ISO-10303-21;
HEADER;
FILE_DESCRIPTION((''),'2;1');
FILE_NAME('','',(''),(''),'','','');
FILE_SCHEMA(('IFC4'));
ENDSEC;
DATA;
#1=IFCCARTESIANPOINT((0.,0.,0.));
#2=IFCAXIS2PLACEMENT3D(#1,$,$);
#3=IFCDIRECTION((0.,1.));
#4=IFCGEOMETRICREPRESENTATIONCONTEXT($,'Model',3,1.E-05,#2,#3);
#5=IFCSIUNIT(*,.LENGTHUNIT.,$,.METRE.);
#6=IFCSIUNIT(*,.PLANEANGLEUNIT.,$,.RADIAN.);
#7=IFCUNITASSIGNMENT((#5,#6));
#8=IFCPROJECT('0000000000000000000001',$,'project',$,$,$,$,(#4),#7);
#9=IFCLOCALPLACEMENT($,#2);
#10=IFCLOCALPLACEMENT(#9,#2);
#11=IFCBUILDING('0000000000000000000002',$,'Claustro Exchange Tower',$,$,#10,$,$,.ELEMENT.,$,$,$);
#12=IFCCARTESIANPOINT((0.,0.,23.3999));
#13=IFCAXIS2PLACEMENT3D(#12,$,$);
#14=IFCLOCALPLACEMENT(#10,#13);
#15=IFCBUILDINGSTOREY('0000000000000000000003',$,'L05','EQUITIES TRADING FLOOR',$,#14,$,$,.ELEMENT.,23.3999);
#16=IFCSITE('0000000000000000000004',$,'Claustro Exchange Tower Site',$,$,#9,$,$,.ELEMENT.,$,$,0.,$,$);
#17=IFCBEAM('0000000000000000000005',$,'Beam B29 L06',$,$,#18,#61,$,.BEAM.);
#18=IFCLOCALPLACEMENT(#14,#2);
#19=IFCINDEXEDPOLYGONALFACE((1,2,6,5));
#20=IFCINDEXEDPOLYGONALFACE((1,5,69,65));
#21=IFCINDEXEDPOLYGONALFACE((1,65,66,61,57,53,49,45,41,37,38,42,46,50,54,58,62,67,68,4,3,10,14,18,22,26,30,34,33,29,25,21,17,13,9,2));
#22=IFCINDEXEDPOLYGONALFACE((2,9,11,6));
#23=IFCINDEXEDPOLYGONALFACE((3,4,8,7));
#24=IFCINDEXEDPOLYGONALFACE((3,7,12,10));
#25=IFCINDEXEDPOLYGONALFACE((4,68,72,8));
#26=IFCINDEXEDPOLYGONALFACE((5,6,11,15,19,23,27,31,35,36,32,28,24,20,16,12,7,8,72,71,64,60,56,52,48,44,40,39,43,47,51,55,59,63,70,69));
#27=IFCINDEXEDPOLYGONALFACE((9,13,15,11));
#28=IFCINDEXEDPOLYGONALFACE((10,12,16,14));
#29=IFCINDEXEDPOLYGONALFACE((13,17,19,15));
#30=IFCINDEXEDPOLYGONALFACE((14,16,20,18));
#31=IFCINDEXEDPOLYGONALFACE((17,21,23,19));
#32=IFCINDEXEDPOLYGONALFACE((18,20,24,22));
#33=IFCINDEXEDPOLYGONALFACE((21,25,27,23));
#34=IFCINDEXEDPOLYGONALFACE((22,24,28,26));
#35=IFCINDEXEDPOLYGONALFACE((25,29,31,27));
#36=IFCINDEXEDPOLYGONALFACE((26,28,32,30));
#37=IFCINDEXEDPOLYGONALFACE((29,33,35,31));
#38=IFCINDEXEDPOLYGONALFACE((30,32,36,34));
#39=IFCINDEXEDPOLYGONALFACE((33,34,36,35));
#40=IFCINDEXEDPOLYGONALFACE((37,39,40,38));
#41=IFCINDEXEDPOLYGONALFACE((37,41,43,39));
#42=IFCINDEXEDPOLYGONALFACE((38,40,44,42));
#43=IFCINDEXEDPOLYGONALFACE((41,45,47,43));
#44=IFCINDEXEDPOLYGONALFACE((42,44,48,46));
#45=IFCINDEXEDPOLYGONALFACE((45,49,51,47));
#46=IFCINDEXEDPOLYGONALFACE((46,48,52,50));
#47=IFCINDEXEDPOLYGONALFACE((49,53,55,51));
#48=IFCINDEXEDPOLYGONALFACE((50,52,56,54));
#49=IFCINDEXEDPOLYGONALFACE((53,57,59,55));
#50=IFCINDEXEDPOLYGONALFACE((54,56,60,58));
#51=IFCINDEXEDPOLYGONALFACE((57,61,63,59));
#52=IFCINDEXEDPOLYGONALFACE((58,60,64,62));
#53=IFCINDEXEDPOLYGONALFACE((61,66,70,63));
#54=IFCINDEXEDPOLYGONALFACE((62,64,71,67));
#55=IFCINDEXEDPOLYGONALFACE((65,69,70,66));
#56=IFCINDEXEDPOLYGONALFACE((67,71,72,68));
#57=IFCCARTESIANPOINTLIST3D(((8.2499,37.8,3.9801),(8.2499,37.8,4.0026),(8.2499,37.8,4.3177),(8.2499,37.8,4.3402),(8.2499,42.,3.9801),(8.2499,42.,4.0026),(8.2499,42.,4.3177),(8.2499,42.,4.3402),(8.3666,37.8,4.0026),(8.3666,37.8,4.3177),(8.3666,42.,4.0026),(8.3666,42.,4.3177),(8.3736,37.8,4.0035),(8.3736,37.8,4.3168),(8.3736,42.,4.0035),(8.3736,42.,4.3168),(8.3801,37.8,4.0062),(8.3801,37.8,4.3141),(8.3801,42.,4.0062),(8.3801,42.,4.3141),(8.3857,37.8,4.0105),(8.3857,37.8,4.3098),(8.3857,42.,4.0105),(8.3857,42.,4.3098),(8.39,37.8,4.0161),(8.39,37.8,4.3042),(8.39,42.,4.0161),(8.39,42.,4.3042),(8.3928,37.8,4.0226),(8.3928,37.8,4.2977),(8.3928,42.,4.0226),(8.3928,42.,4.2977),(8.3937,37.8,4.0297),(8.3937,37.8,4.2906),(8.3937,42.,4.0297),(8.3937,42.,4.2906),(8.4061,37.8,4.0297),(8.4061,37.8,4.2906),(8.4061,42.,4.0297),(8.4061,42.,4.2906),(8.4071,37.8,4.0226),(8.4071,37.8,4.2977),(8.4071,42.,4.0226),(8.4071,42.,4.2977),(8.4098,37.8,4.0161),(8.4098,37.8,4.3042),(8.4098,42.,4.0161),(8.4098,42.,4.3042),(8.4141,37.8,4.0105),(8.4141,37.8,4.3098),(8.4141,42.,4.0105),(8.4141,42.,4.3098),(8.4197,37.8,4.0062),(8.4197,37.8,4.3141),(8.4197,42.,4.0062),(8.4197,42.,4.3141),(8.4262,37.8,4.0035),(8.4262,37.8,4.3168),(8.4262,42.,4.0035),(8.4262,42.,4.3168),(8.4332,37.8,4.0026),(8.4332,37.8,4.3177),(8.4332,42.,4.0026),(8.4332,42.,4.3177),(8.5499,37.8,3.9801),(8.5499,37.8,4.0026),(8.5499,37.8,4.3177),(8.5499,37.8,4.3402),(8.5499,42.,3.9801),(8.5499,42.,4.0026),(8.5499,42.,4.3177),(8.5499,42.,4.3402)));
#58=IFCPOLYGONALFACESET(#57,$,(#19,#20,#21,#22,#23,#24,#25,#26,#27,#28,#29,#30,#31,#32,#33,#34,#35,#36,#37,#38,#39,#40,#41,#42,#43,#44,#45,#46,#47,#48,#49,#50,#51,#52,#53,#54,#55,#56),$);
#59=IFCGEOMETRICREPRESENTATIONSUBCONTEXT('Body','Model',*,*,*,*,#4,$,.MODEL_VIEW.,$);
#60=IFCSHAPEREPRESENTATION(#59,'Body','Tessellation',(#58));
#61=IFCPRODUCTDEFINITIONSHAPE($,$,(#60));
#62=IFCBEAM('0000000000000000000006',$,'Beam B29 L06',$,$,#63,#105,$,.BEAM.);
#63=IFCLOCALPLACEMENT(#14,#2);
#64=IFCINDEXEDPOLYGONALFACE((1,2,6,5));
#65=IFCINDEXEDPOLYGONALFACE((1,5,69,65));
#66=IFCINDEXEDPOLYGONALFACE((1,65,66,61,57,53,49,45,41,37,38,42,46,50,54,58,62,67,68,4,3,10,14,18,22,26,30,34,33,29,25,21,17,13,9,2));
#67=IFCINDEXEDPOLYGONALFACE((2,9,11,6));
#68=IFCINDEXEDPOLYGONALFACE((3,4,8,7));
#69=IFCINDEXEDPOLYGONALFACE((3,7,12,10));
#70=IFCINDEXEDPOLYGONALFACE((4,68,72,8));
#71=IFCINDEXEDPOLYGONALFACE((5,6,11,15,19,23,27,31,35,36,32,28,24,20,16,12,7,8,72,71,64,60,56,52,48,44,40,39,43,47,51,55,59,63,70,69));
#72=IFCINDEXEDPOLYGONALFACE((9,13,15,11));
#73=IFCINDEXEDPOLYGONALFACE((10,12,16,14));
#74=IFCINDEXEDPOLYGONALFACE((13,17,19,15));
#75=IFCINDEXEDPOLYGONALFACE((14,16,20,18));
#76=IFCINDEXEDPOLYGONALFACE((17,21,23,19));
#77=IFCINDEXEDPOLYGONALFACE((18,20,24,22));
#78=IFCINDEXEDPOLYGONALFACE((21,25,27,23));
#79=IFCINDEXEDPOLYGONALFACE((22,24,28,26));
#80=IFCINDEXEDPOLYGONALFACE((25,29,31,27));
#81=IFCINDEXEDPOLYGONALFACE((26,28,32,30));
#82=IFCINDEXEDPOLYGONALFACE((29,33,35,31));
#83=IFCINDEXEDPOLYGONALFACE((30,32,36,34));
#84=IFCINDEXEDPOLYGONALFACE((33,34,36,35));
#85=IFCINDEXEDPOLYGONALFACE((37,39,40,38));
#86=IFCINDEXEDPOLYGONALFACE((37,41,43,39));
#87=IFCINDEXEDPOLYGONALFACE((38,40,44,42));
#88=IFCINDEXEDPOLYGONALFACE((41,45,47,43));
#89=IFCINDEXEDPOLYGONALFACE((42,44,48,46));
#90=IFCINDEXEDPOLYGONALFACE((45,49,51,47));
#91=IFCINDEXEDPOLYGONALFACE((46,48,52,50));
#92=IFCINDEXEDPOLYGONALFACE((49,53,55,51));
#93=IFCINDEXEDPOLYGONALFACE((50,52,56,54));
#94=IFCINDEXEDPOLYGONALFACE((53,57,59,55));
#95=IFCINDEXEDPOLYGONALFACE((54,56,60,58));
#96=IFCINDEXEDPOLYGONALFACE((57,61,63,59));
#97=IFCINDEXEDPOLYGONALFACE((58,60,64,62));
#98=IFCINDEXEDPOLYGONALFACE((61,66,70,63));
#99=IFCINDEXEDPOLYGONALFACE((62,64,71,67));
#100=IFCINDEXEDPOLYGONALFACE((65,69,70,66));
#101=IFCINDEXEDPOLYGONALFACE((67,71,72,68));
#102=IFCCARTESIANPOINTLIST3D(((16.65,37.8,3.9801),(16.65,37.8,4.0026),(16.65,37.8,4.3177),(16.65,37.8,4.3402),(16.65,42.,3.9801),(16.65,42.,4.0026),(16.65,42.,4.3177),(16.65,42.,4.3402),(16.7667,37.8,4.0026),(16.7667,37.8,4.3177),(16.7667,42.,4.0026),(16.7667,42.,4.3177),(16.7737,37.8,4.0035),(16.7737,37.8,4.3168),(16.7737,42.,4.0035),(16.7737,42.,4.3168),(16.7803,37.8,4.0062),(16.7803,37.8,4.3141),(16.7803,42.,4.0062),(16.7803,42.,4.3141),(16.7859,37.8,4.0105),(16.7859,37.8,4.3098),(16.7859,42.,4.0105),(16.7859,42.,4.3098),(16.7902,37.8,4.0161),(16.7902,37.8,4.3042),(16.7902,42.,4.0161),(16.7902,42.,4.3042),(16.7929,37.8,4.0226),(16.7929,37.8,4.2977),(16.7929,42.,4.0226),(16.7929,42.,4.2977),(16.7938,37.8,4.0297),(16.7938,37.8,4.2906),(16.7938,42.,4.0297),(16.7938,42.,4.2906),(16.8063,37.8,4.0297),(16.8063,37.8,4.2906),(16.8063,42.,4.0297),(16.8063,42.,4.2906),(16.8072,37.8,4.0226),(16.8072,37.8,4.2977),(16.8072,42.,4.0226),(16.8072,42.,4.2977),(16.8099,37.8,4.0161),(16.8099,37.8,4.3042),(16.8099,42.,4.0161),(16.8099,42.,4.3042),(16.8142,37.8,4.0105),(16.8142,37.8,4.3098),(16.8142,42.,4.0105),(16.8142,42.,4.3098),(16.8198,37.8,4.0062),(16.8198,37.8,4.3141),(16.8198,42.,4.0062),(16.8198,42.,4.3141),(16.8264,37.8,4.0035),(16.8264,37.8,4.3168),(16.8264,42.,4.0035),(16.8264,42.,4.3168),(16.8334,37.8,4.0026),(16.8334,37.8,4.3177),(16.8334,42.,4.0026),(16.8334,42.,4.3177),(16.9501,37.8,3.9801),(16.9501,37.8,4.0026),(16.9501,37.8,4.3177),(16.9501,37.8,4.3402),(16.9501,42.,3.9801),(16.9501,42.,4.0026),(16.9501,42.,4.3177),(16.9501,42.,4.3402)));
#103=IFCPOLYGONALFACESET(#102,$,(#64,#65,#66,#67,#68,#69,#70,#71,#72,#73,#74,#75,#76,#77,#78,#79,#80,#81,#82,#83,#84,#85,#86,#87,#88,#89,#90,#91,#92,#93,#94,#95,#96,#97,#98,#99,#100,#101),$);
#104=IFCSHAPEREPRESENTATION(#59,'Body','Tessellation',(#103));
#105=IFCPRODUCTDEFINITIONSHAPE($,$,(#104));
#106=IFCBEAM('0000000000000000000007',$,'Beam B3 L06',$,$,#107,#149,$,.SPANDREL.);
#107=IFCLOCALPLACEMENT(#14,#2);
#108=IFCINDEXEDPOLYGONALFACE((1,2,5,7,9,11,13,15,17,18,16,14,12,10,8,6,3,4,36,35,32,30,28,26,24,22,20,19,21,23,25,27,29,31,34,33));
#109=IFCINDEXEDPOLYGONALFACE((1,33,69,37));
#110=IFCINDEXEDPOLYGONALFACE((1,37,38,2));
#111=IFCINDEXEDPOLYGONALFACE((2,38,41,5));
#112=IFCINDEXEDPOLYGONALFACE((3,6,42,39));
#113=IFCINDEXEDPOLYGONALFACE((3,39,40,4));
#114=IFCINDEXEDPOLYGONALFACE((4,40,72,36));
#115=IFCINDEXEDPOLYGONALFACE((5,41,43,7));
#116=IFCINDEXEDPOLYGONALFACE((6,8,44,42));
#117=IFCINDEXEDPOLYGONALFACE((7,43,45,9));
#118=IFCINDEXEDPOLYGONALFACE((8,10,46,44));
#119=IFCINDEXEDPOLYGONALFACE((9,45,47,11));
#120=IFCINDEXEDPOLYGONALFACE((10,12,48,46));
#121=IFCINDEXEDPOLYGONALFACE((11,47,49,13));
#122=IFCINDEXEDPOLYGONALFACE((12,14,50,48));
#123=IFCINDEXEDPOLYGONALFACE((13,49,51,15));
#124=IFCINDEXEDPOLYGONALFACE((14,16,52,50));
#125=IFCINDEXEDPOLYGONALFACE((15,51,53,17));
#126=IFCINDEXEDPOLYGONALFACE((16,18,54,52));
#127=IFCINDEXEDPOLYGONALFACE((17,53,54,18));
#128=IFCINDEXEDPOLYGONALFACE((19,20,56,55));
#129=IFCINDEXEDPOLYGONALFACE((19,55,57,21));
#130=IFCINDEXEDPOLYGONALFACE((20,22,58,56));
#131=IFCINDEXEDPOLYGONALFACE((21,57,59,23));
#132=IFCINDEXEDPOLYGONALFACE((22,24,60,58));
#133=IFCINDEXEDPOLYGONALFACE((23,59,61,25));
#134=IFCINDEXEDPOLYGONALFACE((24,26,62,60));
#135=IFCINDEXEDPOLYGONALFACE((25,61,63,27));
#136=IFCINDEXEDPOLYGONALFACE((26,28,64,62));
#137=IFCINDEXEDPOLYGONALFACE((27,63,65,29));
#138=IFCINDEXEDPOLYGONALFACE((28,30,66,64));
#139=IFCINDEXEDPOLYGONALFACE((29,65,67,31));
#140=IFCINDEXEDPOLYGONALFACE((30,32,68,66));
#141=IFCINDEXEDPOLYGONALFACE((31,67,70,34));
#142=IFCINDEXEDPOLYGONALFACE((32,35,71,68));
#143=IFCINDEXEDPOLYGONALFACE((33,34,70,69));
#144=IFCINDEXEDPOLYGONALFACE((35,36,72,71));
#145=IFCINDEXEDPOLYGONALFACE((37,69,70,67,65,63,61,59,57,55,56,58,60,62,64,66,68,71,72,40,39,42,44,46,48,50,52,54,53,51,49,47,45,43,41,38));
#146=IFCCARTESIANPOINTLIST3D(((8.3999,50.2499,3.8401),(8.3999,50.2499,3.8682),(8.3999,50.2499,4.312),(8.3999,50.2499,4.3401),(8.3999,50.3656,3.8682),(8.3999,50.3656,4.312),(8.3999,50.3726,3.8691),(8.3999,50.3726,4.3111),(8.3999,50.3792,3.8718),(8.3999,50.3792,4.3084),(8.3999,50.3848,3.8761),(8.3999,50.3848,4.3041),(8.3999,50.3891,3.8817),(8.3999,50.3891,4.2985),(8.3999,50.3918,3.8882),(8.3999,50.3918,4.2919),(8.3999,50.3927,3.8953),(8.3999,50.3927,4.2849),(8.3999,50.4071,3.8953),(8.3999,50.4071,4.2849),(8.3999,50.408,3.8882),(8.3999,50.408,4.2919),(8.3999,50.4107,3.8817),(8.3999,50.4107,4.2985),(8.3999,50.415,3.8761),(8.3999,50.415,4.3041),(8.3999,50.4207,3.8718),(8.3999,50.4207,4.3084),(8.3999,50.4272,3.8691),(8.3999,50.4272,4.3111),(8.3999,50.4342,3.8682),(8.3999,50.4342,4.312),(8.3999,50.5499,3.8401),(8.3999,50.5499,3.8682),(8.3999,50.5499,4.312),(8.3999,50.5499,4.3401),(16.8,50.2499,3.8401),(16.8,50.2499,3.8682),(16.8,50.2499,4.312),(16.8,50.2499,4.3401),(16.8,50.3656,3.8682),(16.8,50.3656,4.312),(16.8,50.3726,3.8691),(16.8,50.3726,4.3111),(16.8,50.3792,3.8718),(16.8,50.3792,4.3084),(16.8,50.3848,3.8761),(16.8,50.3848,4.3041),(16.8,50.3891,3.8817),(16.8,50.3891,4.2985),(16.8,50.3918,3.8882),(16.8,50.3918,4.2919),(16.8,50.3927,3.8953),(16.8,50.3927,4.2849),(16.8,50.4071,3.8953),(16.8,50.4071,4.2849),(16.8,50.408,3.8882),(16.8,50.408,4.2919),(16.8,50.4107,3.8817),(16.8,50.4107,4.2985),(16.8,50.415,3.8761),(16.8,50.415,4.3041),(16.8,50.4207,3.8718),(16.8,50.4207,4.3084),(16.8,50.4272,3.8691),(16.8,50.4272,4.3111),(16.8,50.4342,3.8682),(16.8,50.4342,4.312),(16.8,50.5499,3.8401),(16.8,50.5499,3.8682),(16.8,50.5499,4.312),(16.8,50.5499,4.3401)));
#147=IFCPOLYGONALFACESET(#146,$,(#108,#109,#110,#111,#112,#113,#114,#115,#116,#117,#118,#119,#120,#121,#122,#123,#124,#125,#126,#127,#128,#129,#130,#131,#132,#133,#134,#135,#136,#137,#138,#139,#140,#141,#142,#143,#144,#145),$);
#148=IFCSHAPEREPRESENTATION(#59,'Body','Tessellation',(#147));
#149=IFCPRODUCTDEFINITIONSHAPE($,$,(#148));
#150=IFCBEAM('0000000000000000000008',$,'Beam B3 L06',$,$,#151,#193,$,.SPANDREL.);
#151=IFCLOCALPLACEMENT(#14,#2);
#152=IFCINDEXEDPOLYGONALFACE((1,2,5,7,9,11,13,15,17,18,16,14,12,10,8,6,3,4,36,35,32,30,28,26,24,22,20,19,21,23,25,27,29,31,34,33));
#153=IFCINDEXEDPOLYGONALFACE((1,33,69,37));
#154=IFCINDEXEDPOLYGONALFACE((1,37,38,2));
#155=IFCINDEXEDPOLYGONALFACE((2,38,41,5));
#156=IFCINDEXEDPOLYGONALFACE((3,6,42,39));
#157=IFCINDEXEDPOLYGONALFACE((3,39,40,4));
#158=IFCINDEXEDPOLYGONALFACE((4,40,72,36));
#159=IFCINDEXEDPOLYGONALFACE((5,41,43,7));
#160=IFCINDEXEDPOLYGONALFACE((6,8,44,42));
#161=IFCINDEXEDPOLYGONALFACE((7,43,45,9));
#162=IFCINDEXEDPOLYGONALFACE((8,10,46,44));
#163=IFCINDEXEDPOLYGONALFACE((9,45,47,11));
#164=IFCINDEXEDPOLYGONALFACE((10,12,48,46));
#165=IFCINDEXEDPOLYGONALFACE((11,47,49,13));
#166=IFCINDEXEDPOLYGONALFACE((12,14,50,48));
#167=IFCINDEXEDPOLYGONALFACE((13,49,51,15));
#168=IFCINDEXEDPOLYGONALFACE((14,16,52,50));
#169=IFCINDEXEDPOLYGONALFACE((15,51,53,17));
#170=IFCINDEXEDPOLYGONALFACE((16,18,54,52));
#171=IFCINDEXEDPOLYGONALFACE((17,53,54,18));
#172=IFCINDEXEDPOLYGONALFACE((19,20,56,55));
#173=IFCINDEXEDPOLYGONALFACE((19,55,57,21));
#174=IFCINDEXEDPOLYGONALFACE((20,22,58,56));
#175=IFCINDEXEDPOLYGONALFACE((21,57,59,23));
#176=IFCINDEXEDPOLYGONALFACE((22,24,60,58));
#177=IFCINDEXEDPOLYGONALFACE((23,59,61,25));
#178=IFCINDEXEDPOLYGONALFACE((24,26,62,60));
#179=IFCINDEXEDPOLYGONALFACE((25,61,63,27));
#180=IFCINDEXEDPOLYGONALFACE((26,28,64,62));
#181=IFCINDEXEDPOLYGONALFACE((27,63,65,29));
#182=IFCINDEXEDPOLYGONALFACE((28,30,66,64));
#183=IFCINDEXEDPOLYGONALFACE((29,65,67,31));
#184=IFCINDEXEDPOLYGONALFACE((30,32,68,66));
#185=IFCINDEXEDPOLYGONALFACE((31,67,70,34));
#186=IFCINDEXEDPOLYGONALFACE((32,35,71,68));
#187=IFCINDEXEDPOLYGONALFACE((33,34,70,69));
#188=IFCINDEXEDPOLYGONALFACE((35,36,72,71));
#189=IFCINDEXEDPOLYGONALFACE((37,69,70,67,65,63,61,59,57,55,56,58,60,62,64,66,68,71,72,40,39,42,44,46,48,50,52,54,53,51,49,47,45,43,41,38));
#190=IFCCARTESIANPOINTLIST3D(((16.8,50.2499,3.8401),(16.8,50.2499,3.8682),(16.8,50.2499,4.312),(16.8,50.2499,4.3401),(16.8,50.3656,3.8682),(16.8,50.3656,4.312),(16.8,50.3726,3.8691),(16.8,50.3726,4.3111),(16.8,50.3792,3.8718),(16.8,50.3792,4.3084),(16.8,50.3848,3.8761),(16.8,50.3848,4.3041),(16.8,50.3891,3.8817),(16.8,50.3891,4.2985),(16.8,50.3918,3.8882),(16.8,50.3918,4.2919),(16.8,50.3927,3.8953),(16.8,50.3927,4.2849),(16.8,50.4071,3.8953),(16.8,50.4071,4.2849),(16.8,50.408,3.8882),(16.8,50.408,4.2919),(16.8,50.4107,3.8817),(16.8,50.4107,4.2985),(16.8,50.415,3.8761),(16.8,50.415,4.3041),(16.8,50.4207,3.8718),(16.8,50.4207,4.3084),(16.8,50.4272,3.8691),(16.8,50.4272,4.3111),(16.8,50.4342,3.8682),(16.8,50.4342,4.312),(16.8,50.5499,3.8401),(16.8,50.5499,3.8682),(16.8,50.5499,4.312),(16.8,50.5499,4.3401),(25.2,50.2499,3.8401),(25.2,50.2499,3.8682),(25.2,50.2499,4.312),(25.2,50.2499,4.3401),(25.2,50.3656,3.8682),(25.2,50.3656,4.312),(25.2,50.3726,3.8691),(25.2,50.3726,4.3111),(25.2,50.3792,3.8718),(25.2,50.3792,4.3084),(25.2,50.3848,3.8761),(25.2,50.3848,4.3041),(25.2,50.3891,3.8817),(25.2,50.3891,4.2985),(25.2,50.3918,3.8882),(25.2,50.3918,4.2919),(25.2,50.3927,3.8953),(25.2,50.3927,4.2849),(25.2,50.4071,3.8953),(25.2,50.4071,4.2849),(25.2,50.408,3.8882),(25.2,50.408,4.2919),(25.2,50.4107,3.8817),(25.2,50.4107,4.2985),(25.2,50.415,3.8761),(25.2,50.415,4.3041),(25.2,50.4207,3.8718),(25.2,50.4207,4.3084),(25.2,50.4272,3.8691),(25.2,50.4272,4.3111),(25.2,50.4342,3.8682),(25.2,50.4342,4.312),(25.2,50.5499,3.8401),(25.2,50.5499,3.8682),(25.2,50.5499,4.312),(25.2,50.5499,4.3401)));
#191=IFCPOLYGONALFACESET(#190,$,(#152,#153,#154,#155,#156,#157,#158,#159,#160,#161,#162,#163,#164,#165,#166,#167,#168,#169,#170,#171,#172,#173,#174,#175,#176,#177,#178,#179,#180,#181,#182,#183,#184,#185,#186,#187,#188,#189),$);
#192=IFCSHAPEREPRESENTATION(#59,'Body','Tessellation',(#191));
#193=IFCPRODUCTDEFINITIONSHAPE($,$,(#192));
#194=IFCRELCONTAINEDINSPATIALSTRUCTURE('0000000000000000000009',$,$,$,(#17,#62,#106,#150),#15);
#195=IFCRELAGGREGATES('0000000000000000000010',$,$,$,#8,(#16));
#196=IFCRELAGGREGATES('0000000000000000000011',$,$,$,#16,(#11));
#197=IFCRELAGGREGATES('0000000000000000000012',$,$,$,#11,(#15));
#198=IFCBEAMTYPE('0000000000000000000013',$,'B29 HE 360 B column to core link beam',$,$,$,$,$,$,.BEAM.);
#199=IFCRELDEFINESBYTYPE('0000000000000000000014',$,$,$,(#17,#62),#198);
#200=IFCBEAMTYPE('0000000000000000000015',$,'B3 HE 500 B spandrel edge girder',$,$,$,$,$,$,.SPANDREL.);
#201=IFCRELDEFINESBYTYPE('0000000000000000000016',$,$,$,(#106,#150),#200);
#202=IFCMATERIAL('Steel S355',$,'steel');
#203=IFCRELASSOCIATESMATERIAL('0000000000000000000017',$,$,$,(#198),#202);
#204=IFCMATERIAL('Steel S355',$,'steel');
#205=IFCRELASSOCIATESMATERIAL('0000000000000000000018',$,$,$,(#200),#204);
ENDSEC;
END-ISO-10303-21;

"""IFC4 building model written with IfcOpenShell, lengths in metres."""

from ifc_helpers import new_model, si_unit, direction, frame, origin, origin_2d, place, context, subcontext, project, spatial, i_section, extrude, material, material_profile, profile_set, type_object, element, save


model = new_model("IFC4")

# Units and contexts
model_context = context("Model", 3, precision=1e-05, world=origin(), true_north=direction((0.0, 1.0)))
body_context = subcontext(model_context, "Body", "Model", "MODEL_VIEW")
ifc_project = project(units=[si_unit("LENGTHUNIT", "METRE"), si_unit("PLANEANGLEUNIT", "RADIAN")], contexts=[model_context])

# Site, building, storey
site_placement = place(None, origin())
site = spatial("IfcSite", under=ifc_project, at=site_placement, Name="Claustro Exchange Tower Site", CompositionType="ELEMENT", RefElevation=0.0)
building_placement = place(site_placement, origin())
building = spatial("IfcBuilding", under=site, at=building_placement, Name="Claustro Exchange Tower", CompositionType="ELEMENT")
storey_placement = place(building_placement, frame((0.0, 0.0, 23.3999)))
storey = spatial("IfcBuildingStorey", under=building, at=storey_placement, Name="L05", Description="EQUITIES TRADING FLOOR", CompositionType="ELEMENT", Elevation=23.3999)

# Beams
ifc_material_1 = material(Name="Steel S355", Category="steel")
ifc_material_profile_1 = material_profile(ifc_material_1, i_section(OverallWidth=0.3, OverallDepth=0.3601, WebThickness=0.0125, FlangeThickness=0.0225, FilletRadius=0.0271, at=origin_2d()), Name="HE 360 B")
ifc_profile_set_1 = profile_set([ifc_material_profile_1], Name="Steel S355")
beam_type_1 = type_object("IfcBeamType", Name="B29 HE 360 B column to core link beam", PredefinedType="BEAM", material=ifc_profile_set_1)
for number, where, z_axis, x_axis, name in (
    (1, (8.3999, 37.8, 4.1602), (0.0, 1.0, 0.0), (-1.0, 0.0, 0.0), "Beam B29 L06"),
    (2, (16.8, 37.8, 4.1602), (0.0, 1.0, 0.0), (-1.0, 0.0, 0.0), "Beam B29 L06"),
):
    element("IfcBeam", number, at=place(storey_placement, frame(where, z_axis=z_axis, x_axis=x_axis)), inside=storey, type_object=beam_type_1, Name=name, PredefinedType="BEAM", context=body_context, shape_type="SweptSolid", body=[
        extrude(i_section(OverallWidth=0.3, OverallDepth=0.3601, WebThickness=0.0125, FlangeThickness=0.0225, FilletRadius=0.0271, at=origin_2d()), origin(), (0.0, 0.0, 1.0), 4.2),
    ])
ifc_material_2 = material(Name="Steel S355", Category="steel")
ifc_material_profile_2 = material_profile(ifc_material_2, i_section(OverallWidth=0.3, OverallDepth=0.5, WebThickness=0.0144, FlangeThickness=0.0281, FilletRadius=0.0271, at=origin_2d()), Name="HE 500 B")
ifc_profile_set_2 = profile_set([ifc_material_profile_2], Name="Steel S355")
beam_type_2 = type_object("IfcBeamType", Name="B3 HE 500 B spandrel edge girder", PredefinedType="SPANDREL", material=ifc_profile_set_2)
beam_1_placement = place(storey_placement, frame((8.3999, 50.3999, 4.0901), z_axis=(1.0, 0.0, 0.0), x_axis=(0.0, 1.0, 0.0)))
element("IfcBeam", 3, at=beam_1_placement, inside=storey, type_object=beam_type_2, Name="Beam B3 L06", PredefinedType="SPANDREL", context=body_context, shape_type="SweptSolid", body=[
    extrude(i_section(OverallWidth=0.3, OverallDepth=0.5, WebThickness=0.0144, FlangeThickness=0.0281, FilletRadius=0.0271, at=origin_2d()), origin(), (0.0, 0.0, 1.0), 8.4001),
])
beam_2_placement = place(storey_placement, frame((16.8, 50.3999, 4.0901), z_axis=(1.0, 0.0, 0.0), x_axis=(0.0, 1.0, 0.0)))
element("IfcBeam", 4, at=beam_2_placement, inside=storey, type_object=beam_type_2, Name="Beam B3 L06", PredefinedType="SPANDREL", context=body_context, shape_type="SweptSolid", body=[
    extrude(i_section(OverallWidth=0.3, OverallDepth=0.5, WebThickness=0.0144, FlangeThickness=0.0281, FilletRadius=0.0271, at=origin_2d()), origin(), (0.0, 0.0, 1.0), 8.3999),
])

save(model, "model.ifc")
